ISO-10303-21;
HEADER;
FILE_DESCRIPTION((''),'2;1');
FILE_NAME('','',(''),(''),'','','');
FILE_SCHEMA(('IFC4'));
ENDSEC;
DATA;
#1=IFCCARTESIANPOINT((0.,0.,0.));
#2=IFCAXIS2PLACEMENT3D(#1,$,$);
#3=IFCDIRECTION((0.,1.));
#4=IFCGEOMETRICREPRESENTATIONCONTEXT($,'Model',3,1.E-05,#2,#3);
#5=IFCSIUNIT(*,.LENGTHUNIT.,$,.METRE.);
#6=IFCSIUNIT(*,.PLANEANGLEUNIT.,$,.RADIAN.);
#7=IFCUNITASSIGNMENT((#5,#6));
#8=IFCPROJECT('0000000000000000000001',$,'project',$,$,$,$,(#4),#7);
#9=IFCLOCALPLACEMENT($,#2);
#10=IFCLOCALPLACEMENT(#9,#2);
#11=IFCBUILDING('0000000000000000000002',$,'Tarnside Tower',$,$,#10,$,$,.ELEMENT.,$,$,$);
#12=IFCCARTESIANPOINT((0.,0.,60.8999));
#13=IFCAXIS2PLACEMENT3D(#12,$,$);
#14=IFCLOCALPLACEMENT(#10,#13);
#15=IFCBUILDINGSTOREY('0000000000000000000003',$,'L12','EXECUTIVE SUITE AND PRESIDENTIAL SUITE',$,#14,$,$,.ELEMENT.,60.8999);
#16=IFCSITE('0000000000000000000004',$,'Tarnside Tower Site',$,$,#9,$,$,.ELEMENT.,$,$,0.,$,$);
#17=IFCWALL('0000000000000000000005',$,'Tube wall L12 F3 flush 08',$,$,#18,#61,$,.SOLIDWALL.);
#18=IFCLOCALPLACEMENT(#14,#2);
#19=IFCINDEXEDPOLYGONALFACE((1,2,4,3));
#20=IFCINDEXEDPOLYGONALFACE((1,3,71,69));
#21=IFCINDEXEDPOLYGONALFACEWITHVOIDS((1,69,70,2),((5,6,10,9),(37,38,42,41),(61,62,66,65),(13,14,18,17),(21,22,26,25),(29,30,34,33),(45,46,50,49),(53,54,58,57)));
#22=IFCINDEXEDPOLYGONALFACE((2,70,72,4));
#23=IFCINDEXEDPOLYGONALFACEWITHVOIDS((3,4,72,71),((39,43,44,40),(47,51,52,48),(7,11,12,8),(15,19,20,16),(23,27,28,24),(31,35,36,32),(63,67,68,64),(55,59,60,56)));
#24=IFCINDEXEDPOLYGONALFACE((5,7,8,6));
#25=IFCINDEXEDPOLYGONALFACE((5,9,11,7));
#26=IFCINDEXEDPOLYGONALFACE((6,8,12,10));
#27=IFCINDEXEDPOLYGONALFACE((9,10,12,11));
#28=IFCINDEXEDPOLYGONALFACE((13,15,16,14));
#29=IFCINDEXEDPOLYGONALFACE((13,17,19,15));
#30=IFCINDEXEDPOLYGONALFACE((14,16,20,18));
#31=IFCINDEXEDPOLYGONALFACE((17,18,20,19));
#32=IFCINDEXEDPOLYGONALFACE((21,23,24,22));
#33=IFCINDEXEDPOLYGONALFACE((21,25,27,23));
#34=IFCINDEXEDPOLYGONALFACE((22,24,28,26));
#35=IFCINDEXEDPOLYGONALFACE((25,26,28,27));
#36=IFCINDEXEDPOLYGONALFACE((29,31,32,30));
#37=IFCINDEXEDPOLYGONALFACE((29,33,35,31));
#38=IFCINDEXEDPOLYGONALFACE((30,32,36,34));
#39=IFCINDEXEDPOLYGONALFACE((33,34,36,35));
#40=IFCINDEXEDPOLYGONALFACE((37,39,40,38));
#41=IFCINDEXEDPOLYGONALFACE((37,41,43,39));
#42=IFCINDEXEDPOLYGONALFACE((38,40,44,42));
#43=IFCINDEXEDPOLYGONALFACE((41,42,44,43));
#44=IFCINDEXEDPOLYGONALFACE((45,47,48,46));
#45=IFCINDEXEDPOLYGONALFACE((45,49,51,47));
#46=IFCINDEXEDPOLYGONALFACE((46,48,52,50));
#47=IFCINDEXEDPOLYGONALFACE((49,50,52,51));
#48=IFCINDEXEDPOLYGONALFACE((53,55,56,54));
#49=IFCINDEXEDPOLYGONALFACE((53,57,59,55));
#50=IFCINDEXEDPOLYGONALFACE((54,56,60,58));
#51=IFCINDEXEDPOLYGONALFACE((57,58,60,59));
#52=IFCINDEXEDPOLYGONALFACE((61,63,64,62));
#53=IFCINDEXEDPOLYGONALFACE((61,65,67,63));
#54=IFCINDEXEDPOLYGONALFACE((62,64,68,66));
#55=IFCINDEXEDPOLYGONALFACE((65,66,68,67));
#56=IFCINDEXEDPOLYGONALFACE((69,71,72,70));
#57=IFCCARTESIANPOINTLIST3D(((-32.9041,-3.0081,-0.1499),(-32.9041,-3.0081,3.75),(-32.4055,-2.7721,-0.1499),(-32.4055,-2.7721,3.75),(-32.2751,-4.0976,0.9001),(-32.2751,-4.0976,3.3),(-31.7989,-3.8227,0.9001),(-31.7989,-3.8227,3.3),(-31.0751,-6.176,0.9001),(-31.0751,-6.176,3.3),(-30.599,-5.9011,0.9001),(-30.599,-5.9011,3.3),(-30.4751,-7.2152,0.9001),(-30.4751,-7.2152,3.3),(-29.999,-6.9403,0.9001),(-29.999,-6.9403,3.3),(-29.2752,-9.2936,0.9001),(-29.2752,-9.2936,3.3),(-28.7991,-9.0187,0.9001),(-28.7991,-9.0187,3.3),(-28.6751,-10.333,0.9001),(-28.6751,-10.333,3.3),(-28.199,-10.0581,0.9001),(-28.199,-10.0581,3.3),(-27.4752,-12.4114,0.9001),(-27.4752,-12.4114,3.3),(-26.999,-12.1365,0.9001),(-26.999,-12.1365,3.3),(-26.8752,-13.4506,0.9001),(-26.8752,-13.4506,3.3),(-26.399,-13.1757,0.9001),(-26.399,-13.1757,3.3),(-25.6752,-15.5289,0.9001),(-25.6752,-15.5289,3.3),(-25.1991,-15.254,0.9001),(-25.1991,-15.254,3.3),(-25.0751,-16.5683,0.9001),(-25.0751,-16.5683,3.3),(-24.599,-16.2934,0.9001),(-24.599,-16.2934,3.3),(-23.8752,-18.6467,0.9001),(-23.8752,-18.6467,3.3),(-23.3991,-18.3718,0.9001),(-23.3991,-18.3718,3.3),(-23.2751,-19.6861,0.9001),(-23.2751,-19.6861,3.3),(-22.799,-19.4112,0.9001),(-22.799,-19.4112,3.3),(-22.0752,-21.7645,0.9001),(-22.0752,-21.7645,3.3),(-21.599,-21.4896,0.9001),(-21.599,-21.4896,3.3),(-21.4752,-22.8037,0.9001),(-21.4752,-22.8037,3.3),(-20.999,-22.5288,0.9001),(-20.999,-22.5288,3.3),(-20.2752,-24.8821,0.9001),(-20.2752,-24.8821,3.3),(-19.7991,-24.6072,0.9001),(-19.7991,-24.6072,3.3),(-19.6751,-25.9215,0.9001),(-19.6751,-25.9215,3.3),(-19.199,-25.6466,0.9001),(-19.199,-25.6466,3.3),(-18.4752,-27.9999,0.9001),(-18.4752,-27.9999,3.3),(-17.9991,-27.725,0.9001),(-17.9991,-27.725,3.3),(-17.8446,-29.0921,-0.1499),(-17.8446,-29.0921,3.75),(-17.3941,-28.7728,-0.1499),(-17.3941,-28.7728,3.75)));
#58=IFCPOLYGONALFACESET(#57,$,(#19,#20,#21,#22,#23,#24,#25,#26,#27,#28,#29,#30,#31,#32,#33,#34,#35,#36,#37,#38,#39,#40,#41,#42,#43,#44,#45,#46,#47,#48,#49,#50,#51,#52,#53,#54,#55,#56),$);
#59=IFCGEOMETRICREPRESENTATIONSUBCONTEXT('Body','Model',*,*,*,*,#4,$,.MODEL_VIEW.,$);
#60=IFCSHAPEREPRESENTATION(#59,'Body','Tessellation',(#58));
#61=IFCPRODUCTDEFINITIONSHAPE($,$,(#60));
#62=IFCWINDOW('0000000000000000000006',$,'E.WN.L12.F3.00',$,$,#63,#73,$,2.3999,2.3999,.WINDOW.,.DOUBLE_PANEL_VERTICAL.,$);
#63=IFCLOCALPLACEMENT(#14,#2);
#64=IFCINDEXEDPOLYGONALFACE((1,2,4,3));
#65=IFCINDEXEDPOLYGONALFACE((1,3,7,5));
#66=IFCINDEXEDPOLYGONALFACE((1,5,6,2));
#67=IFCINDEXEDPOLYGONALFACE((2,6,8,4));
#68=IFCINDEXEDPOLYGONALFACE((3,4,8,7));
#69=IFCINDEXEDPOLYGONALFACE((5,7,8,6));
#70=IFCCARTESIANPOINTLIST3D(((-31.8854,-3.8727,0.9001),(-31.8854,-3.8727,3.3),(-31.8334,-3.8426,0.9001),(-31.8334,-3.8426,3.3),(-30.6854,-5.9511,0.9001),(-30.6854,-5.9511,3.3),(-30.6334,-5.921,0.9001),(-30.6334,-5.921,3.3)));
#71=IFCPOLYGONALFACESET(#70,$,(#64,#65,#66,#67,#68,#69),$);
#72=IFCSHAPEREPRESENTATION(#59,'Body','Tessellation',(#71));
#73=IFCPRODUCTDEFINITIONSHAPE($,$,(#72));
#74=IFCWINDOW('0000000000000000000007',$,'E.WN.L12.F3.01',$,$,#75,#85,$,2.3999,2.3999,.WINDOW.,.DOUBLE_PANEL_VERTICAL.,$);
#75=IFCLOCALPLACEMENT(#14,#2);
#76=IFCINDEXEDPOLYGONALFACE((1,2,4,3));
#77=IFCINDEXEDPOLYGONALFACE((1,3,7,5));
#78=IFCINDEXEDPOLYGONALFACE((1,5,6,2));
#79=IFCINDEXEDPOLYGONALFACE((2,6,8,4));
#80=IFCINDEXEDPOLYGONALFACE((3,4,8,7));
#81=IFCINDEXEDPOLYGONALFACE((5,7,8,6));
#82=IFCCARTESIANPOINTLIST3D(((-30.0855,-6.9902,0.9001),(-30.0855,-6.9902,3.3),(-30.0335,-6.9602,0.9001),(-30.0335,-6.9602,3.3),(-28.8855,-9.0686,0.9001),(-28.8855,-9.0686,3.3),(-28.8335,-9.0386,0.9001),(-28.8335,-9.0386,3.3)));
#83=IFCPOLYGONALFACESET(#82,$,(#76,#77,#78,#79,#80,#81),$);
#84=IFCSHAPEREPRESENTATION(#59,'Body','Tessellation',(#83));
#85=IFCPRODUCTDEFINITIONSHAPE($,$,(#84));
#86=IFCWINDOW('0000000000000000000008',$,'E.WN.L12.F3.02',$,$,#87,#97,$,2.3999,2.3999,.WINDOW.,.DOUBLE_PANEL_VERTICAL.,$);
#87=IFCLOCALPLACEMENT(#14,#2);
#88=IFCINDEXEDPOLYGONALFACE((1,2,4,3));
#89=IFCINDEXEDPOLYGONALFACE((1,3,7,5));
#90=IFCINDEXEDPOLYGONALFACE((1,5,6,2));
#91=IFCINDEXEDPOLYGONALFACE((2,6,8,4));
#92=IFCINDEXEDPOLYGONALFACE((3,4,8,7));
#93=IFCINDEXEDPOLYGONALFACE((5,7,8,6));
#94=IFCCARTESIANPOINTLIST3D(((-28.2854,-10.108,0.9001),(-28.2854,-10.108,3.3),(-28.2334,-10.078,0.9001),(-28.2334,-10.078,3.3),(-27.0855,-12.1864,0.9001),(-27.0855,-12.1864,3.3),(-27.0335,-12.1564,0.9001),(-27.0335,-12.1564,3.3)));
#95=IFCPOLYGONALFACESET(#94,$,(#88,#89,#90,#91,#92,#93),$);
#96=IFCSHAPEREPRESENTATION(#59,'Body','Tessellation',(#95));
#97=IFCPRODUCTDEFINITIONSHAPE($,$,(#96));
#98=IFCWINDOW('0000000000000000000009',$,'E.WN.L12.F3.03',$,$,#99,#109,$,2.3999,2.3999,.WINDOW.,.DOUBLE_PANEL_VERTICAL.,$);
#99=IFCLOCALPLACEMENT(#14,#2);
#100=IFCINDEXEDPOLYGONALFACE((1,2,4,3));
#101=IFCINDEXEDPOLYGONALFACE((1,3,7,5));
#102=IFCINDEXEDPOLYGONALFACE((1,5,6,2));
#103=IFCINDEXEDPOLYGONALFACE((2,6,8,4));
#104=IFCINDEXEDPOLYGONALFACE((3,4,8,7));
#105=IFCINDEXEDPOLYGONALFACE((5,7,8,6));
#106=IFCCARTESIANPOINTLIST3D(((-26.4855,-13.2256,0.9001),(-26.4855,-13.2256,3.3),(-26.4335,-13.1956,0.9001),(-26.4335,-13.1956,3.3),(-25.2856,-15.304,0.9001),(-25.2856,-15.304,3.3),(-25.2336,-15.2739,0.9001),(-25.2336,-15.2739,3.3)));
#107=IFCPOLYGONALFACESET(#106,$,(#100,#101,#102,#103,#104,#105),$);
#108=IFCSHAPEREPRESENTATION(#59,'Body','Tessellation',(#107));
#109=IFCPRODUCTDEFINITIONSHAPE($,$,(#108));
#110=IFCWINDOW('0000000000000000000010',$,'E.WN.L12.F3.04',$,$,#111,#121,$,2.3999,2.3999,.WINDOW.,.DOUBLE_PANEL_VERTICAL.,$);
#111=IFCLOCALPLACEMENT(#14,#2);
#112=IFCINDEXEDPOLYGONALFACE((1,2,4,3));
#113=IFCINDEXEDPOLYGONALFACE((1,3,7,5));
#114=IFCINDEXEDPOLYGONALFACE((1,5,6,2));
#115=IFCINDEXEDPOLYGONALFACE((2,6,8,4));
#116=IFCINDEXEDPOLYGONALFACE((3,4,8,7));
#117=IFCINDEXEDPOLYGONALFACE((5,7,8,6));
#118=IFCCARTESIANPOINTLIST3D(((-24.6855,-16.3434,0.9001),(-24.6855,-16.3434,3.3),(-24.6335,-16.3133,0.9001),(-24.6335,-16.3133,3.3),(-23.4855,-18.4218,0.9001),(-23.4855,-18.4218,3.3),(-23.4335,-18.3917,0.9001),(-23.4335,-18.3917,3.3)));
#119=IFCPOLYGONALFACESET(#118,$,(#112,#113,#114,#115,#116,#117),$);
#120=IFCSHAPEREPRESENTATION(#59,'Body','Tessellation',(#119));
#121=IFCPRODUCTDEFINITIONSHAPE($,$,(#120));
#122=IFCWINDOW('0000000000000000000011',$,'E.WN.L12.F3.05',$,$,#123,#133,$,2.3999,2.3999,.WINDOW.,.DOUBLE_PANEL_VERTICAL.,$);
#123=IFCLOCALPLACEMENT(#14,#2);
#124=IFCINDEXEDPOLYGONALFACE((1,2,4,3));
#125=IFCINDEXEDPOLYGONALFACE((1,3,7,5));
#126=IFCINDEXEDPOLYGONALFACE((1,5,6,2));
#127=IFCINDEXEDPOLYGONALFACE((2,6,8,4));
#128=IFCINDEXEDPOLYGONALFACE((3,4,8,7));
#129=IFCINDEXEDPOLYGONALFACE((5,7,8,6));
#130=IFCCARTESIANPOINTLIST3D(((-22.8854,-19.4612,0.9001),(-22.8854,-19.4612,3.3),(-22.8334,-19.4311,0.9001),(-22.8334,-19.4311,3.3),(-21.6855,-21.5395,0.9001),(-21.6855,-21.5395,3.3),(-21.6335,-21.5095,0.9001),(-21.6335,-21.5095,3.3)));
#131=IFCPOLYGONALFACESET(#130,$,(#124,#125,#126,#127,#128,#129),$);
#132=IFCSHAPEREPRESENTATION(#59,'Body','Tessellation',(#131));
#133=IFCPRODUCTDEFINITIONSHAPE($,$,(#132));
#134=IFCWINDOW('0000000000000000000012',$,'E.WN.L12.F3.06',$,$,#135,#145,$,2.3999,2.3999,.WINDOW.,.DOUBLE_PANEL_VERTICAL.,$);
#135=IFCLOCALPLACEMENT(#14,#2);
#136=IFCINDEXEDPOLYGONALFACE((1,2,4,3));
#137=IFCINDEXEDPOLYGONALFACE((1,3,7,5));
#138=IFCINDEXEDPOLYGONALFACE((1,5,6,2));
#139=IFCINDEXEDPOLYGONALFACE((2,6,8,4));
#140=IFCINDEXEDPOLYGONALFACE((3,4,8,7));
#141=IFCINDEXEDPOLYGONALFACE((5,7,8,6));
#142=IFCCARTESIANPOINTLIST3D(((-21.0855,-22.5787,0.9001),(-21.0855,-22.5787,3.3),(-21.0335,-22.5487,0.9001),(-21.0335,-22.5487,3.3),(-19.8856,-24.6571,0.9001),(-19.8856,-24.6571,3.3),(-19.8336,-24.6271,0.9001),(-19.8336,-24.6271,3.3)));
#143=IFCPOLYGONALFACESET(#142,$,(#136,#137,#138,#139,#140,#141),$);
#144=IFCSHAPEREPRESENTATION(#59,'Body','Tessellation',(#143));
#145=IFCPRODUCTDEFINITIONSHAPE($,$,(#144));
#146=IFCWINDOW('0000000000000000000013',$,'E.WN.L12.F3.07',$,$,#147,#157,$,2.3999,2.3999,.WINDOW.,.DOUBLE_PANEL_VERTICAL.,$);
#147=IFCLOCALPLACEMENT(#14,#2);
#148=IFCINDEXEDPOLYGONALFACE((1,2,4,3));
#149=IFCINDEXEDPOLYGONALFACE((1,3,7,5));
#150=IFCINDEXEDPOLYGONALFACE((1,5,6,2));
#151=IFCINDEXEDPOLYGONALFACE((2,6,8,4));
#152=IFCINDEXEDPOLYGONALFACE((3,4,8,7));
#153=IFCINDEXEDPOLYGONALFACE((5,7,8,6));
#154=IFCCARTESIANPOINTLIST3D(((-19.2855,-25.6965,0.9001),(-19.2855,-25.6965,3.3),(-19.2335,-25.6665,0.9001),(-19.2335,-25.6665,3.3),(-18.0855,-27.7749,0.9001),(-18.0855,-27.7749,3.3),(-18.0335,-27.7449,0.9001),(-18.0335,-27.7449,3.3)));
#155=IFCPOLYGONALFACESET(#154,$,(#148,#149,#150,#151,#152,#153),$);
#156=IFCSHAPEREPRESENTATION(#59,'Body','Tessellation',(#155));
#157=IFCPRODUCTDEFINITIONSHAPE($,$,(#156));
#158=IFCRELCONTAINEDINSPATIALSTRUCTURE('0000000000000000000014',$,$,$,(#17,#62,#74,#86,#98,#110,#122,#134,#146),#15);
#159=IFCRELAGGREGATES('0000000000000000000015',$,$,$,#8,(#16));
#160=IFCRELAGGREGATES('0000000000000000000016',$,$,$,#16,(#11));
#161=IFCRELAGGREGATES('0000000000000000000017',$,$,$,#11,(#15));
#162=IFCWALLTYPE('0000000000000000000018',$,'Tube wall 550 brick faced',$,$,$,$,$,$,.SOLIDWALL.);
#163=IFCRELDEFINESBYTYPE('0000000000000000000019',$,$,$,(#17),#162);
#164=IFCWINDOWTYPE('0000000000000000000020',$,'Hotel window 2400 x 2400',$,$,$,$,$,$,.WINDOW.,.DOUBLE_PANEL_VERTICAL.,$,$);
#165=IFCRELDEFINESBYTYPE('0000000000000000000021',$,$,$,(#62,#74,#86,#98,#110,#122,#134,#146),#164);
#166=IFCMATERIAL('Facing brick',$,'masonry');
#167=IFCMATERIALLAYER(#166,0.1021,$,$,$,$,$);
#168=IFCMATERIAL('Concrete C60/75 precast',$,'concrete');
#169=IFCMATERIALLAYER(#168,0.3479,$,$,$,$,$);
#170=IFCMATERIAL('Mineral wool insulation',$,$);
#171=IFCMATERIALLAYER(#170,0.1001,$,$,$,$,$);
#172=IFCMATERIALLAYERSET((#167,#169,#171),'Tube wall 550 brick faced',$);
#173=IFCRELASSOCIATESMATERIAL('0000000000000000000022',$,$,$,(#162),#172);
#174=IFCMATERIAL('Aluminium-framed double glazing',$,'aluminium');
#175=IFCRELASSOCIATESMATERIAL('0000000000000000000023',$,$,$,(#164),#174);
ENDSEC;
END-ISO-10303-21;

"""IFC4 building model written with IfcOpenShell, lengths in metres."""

from ifc_helpers import new_model, si_unit, direction, frame, frame_2d, origin, place, context, subcontext, project, spatial, polyline, rectangle, outline, extrude, material, layer, layer_set, type_object, element, fill, save


model = new_model("IFC4")

# Units and contexts
model_context = context("Model", 3, precision=1e-05, world=origin(), true_north=direction((0.0, 1.0)))
body_context = subcontext(model_context, "Body", "Model", "MODEL_VIEW")
ifc_project = project(units=[si_unit("LENGTHUNIT", "METRE"), si_unit("PLANEANGLEUNIT", "RADIAN")], contexts=[model_context])

# Site, building, storey
site_placement = place(None, origin())
site = spatial("IfcSite", under=ifc_project, at=site_placement, Name="Tarnside Tower Site", CompositionType="ELEMENT", RefElevation=0.0)
building_placement = place(site_placement, origin())
building = spatial("IfcBuilding", under=site, at=building_placement, Name="Tarnside Tower", CompositionType="ELEMENT")
storey_placement = place(building_placement, frame((0.0, 0.0, 60.8999)))
storey = spatial("IfcBuildingStorey", under=building, at=storey_placement, Name="L12", Description="EXECUTIVE SUITE AND PRESIDENTIAL SUITE", CompositionType="ELEMENT", Elevation=60.8999)

# Shared definitions
ifc_material_1 = material(Name="Facing brick", Category="masonry")
ifc_layer_1 = layer(ifc_material_1, 0.1021)
ifc_material_2 = material(Name="Concrete C60/75 precast", Category="concrete")
ifc_layer_2 = layer(ifc_material_2, 0.3479)
ifc_material_3 = material(Name="Mineral wool insulation")
ifc_layer_3 = layer(ifc_material_3, 0.1001)
ifc_layer_set_1 = layer_set([ifc_layer_1, ifc_layer_2, ifc_layer_3], Name="Tube wall 550 brick faced")
wall_type = type_object("IfcWallType", Name="Tube wall 550 brick faced", PredefinedType="SOLIDWALL", material=ifc_layer_set_1)

# Wall, openings, windows
wall_1_placement = place(storey_placement, frame((-32.6548, -2.8901, -0.1499), z_axis=(0.0, 0.0, 1.0), x_axis=(0.499998, -0.866027, 0.0)))
wall_1 = element("IfcWall", 1, at=wall_1_placement, inside=storey, type_object=wall_type, Name="Tube wall L12 F3 flush 08", PredefinedType="SOLIDWALL", context=body_context, shape_type="SweptSolid", body=[
    extrude(outline(polyline([(-0.0225, -0.2749), (30.0967, -0.2749), (30.0454, 0.2749), (0.0225, 0.2749), (-0.0225, -0.2749)])), origin(), (0.0, 0.0, 1.0), 3.8999),
])
opening_1_placement = place(wall_1_placement, frame((1.2356, 0.0, 1.05)))
opening_1 = element("IfcOpeningElement", 2, at=opening_1_placement, cuts=wall_1, PredefinedType="OPENING", context=body_context, shape_type="SweptSolid", body=[
    extrude(rectangle(XDim=2.3999, YDim=2.3999, at=frame_2d((1.2, 1.2))), frame((0.0, 0.2852, 0.0), z_axis=(0.0, -1.0, 0.0), x_axis=(1.0, 0.0, 0.0)), (0.0, 0.0, 1.0), 0.5701),
])
opening_2_placement = place(wall_1_placement, frame((4.8354, 0.0, 1.05)))
opening_2 = element("IfcOpeningElement", 3, at=opening_2_placement, cuts=wall_1, PredefinedType="OPENING", context=body_context, shape_type="SweptSolid", body=[
    extrude(rectangle(XDim=2.3999, YDim=2.3999, at=frame_2d((1.2, 1.2))), frame((0.0, 0.2852, 0.0), z_axis=(0.0, -1.0, 0.0), x_axis=(1.0, 0.0, 0.0)), (0.0, 0.0, 1.0), 0.5701),
])
opening_3_placement = place(wall_1_placement, frame((8.4355, 0.0, 1.05)))
opening_3 = element("IfcOpeningElement", 4, at=opening_3_placement, cuts=wall_1, PredefinedType="OPENING", context=body_context, shape_type="SweptSolid", body=[
    extrude(rectangle(XDim=2.3999, YDim=2.3999, at=frame_2d((1.2, 1.2))), frame((0.0, 0.2852, 0.0), z_axis=(0.0, -1.0, 0.0), x_axis=(1.0, 0.0, 0.0)), (0.0, 0.0, 1.0), 0.5701),
])
opening_4_placement = place(wall_1_placement, frame((12.0354, 0.0, 1.05)))
opening_4 = element("IfcOpeningElement", 5, at=opening_4_placement, cuts=wall_1, PredefinedType="OPENING", context=body_context, shape_type="SweptSolid", body=[
    extrude(rectangle(XDim=2.3999, YDim=2.3999, at=frame_2d((1.2, 1.2))), frame((0.0, 0.2852, 0.0), z_axis=(0.0, -1.0, 0.0), x_axis=(1.0, 0.0, 0.0)), (0.0, 0.0, 1.0), 0.5701),
])
opening_5_placement = place(wall_1_placement, frame((15.6355, 0.0, 1.05)))
opening_5 = element("IfcOpeningElement", 6, at=opening_5_placement, cuts=wall_1, PredefinedType="OPENING", context=body_context, shape_type="SweptSolid", body=[
    extrude(rectangle(XDim=2.3999, YDim=2.3999, at=frame_2d((1.2, 1.2))), frame((0.0, 0.2852, 0.0), z_axis=(0.0, -1.0, 0.0), x_axis=(1.0, 0.0, 0.0)), (0.0, 0.0, 1.0), 0.5701),
])
opening_6_placement = place(wall_1_placement, frame((19.2356, 0.0, 1.05)))
opening_6 = element("IfcOpeningElement", 7, at=opening_6_placement, cuts=wall_1, PredefinedType="OPENING", context=body_context, shape_type="SweptSolid", body=[
    extrude(rectangle(XDim=2.3999, YDim=2.3999, at=frame_2d((1.2, 1.2))), frame((0.0, 0.2852, 0.0), z_axis=(0.0, -1.0, 0.0), x_axis=(1.0, 0.0, 0.0)), (0.0, 0.0, 1.0), 0.5701),
])
opening_7_placement = place(wall_1_placement, frame((22.8354, 0.0, 1.05)))
opening_7 = element("IfcOpeningElement", 8, at=opening_7_placement, cuts=wall_1, PredefinedType="OPENING", context=body_context, shape_type="SweptSolid", body=[
    extrude(rectangle(XDim=2.3999, YDim=2.3999, at=frame_2d((1.2, 1.2))), frame((0.0, 0.2852, 0.0), z_axis=(0.0, -1.0, 0.0), x_axis=(1.0, 0.0, 0.0)), (0.0, 0.0, 1.0), 0.5701),
])
opening_8_placement = place(wall_1_placement, frame((26.4355, 0.0, 1.05)))
opening_8 = element("IfcOpeningElement", 9, at=opening_8_placement, cuts=wall_1, PredefinedType="OPENING", context=body_context, shape_type="SweptSolid", body=[
    extrude(rectangle(XDim=2.3999, YDim=2.3999, at=frame_2d((1.2, 1.2))), frame((0.0, 0.2852, 0.0), z_axis=(0.0, -1.0, 0.0), x_axis=(1.0, 0.0, 0.0)), (0.0, 0.0, 1.0), 0.5701),
])
ifc_material_4 = material(Name="Aluminium-framed double glazing", Category="aluminium")
window_type = type_object("IfcWindowType", Name="Hotel window 2400 x 2400", PartitioningType="DOUBLE_PANEL_VERTICAL", PredefinedType="WINDOW", material=ifc_material_4)
window_1_placement = place(opening_1_placement, frame((0.0, 0.2051, 0.0)))
window_1 = element("IfcWindow", 10, at=window_1_placement, inside=storey, type_object=window_type, Name="E.WN.L12.F3.00", OverallHeight=2.3999, OverallWidth=2.3999, PartitioningType="DOUBLE_PANEL_VERTICAL", PredefinedType="WINDOW", context=body_context, shape_type="SweptSolid", body=[
    extrude(rectangle(XDim=2.3999, YDim=2.3999, at=frame_2d((1.2, 1.2))), frame((0.0, 0.03, 0.0), z_axis=(0.0, -1.0, 0.0), x_axis=(1.0, 0.0, 0.0)), (0.0, 0.0, 1.0), 0.0601),
])
fill(opening_1, window_1)
window_2_placement = place(opening_2_placement, frame((0.0, 0.2051, 0.0)))
window_2 = element("IfcWindow", 11, at=window_2_placement, inside=storey, type_object=window_type, Name="E.WN.L12.F3.01", OverallHeight=2.3999, OverallWidth=2.3999, PartitioningType="DOUBLE_PANEL_VERTICAL", PredefinedType="WINDOW", context=body_context, shape_type="SweptSolid", body=[
    extrude(rectangle(XDim=2.3999, YDim=2.3999, at=frame_2d((1.2, 1.2))), frame((0.0, 0.03, 0.0), z_axis=(0.0, -1.0, 0.0), x_axis=(1.0, 0.0, 0.0)), (0.0, 0.0, 1.0), 0.0601),
])
fill(opening_2, window_2)
window_3_placement = place(opening_3_placement, frame((0.0, 0.2051, 0.0)))
window_3 = element("IfcWindow", 12, at=window_3_placement, inside=storey, type_object=window_type, Name="E.WN.L12.F3.02", OverallHeight=2.3999, OverallWidth=2.3999, PartitioningType="DOUBLE_PANEL_VERTICAL", PredefinedType="WINDOW", context=body_context, shape_type="SweptSolid", body=[
    extrude(rectangle(XDim=2.3999, YDim=2.3999, at=frame_2d((1.2, 1.2))), frame((0.0, 0.03, 0.0), z_axis=(0.0, -1.0, 0.0), x_axis=(1.0, 0.0, 0.0)), (0.0, 0.0, 1.0), 0.0601),
])
fill(opening_3, window_3)
window_4_placement = place(opening_4_placement, frame((0.0, 0.2051, 0.0)))
window_4 = element("IfcWindow", 13, at=window_4_placement, inside=storey, type_object=window_type, Name="E.WN.L12.F3.03", OverallHeight=2.3999, OverallWidth=2.3999, PartitioningType="DOUBLE_PANEL_VERTICAL", PredefinedType="WINDOW", context=body_context, shape_type="SweptSolid", body=[
    extrude(rectangle(XDim=2.3999, YDim=2.3999, at=frame_2d((1.2, 1.2))), frame((0.0, 0.03, 0.0), z_axis=(0.0, -1.0, 0.0), x_axis=(1.0, 0.0, 0.0)), (0.0, 0.0, 1.0), 0.0601),
])
fill(opening_4, window_4)
window_5_placement = place(opening_5_placement, frame((0.0, 0.2051, 0.0)))
window_5 = element("IfcWindow", 14, at=window_5_placement, inside=storey, type_object=window_type, Name="E.WN.L12.F3.04", OverallHeight=2.3999, OverallWidth=2.3999, PartitioningType="DOUBLE_PANEL_VERTICAL", PredefinedType="WINDOW", context=body_context, shape_type="SweptSolid", body=[
    extrude(rectangle(XDim=2.3999, YDim=2.3999, at=frame_2d((1.2, 1.2))), frame((0.0, 0.03, 0.0), z_axis=(0.0, -1.0, 0.0), x_axis=(1.0, 0.0, 0.0)), (0.0, 0.0, 1.0), 0.0601),
])
fill(opening_5, window_5)
window_6_placement = place(opening_6_placement, frame((0.0, 0.2051, 0.0)))
window_6 = element("IfcWindow", 15, at=window_6_placement, inside=storey, type_object=window_type, Name="E.WN.L12.F3.05", OverallHeight=2.3999, OverallWidth=2.3999, PartitioningType="DOUBLE_PANEL_VERTICAL", PredefinedType="WINDOW", context=body_context, shape_type="SweptSolid", body=[
    extrude(rectangle(XDim=2.3999, YDim=2.3999, at=frame_2d((1.2, 1.2))), frame((0.0, 0.03, 0.0), z_axis=(0.0, -1.0, 0.0), x_axis=(1.0, 0.0, 0.0)), (0.0, 0.0, 1.0), 0.0601),
])
fill(opening_6, window_6)
window_7_placement = place(opening_7_placement, frame((0.0, 0.2051, 0.0)))
window_7 = element("IfcWindow", 16, at=window_7_placement, inside=storey, type_object=window_type, Name="E.WN.L12.F3.06", OverallHeight=2.3999, OverallWidth=2.3999, PartitioningType="DOUBLE_PANEL_VERTICAL", PredefinedType="WINDOW", context=body_context, shape_type="SweptSolid", body=[
    extrude(rectangle(XDim=2.3999, YDim=2.3999, at=frame_2d((1.2, 1.2))), frame((0.0, 0.03, 0.0), z_axis=(0.0, -1.0, 0.0), x_axis=(1.0, 0.0, 0.0)), (0.0, 0.0, 1.0), 0.0601),
])
fill(opening_7, window_7)
window_8_placement = place(opening_8_placement, frame((0.0, 0.2051, 0.0)))
window_8 = element("IfcWindow", 17, at=window_8_placement, inside=storey, type_object=window_type, Name="E.WN.L12.F3.07", OverallHeight=2.3999, OverallWidth=2.3999, PartitioningType="DOUBLE_PANEL_VERTICAL", PredefinedType="WINDOW", context=body_context, shape_type="SweptSolid", body=[
    extrude(rectangle(XDim=2.3999, YDim=2.3999, at=frame_2d((1.2, 1.2))), frame((0.0, 0.03, 0.0), z_axis=(0.0, -1.0, 0.0), x_axis=(1.0, 0.0, 0.0)), (0.0, 0.0, 1.0), 0.0601),
])
fill(opening_8, window_8)

save(model, "model.ifc")
